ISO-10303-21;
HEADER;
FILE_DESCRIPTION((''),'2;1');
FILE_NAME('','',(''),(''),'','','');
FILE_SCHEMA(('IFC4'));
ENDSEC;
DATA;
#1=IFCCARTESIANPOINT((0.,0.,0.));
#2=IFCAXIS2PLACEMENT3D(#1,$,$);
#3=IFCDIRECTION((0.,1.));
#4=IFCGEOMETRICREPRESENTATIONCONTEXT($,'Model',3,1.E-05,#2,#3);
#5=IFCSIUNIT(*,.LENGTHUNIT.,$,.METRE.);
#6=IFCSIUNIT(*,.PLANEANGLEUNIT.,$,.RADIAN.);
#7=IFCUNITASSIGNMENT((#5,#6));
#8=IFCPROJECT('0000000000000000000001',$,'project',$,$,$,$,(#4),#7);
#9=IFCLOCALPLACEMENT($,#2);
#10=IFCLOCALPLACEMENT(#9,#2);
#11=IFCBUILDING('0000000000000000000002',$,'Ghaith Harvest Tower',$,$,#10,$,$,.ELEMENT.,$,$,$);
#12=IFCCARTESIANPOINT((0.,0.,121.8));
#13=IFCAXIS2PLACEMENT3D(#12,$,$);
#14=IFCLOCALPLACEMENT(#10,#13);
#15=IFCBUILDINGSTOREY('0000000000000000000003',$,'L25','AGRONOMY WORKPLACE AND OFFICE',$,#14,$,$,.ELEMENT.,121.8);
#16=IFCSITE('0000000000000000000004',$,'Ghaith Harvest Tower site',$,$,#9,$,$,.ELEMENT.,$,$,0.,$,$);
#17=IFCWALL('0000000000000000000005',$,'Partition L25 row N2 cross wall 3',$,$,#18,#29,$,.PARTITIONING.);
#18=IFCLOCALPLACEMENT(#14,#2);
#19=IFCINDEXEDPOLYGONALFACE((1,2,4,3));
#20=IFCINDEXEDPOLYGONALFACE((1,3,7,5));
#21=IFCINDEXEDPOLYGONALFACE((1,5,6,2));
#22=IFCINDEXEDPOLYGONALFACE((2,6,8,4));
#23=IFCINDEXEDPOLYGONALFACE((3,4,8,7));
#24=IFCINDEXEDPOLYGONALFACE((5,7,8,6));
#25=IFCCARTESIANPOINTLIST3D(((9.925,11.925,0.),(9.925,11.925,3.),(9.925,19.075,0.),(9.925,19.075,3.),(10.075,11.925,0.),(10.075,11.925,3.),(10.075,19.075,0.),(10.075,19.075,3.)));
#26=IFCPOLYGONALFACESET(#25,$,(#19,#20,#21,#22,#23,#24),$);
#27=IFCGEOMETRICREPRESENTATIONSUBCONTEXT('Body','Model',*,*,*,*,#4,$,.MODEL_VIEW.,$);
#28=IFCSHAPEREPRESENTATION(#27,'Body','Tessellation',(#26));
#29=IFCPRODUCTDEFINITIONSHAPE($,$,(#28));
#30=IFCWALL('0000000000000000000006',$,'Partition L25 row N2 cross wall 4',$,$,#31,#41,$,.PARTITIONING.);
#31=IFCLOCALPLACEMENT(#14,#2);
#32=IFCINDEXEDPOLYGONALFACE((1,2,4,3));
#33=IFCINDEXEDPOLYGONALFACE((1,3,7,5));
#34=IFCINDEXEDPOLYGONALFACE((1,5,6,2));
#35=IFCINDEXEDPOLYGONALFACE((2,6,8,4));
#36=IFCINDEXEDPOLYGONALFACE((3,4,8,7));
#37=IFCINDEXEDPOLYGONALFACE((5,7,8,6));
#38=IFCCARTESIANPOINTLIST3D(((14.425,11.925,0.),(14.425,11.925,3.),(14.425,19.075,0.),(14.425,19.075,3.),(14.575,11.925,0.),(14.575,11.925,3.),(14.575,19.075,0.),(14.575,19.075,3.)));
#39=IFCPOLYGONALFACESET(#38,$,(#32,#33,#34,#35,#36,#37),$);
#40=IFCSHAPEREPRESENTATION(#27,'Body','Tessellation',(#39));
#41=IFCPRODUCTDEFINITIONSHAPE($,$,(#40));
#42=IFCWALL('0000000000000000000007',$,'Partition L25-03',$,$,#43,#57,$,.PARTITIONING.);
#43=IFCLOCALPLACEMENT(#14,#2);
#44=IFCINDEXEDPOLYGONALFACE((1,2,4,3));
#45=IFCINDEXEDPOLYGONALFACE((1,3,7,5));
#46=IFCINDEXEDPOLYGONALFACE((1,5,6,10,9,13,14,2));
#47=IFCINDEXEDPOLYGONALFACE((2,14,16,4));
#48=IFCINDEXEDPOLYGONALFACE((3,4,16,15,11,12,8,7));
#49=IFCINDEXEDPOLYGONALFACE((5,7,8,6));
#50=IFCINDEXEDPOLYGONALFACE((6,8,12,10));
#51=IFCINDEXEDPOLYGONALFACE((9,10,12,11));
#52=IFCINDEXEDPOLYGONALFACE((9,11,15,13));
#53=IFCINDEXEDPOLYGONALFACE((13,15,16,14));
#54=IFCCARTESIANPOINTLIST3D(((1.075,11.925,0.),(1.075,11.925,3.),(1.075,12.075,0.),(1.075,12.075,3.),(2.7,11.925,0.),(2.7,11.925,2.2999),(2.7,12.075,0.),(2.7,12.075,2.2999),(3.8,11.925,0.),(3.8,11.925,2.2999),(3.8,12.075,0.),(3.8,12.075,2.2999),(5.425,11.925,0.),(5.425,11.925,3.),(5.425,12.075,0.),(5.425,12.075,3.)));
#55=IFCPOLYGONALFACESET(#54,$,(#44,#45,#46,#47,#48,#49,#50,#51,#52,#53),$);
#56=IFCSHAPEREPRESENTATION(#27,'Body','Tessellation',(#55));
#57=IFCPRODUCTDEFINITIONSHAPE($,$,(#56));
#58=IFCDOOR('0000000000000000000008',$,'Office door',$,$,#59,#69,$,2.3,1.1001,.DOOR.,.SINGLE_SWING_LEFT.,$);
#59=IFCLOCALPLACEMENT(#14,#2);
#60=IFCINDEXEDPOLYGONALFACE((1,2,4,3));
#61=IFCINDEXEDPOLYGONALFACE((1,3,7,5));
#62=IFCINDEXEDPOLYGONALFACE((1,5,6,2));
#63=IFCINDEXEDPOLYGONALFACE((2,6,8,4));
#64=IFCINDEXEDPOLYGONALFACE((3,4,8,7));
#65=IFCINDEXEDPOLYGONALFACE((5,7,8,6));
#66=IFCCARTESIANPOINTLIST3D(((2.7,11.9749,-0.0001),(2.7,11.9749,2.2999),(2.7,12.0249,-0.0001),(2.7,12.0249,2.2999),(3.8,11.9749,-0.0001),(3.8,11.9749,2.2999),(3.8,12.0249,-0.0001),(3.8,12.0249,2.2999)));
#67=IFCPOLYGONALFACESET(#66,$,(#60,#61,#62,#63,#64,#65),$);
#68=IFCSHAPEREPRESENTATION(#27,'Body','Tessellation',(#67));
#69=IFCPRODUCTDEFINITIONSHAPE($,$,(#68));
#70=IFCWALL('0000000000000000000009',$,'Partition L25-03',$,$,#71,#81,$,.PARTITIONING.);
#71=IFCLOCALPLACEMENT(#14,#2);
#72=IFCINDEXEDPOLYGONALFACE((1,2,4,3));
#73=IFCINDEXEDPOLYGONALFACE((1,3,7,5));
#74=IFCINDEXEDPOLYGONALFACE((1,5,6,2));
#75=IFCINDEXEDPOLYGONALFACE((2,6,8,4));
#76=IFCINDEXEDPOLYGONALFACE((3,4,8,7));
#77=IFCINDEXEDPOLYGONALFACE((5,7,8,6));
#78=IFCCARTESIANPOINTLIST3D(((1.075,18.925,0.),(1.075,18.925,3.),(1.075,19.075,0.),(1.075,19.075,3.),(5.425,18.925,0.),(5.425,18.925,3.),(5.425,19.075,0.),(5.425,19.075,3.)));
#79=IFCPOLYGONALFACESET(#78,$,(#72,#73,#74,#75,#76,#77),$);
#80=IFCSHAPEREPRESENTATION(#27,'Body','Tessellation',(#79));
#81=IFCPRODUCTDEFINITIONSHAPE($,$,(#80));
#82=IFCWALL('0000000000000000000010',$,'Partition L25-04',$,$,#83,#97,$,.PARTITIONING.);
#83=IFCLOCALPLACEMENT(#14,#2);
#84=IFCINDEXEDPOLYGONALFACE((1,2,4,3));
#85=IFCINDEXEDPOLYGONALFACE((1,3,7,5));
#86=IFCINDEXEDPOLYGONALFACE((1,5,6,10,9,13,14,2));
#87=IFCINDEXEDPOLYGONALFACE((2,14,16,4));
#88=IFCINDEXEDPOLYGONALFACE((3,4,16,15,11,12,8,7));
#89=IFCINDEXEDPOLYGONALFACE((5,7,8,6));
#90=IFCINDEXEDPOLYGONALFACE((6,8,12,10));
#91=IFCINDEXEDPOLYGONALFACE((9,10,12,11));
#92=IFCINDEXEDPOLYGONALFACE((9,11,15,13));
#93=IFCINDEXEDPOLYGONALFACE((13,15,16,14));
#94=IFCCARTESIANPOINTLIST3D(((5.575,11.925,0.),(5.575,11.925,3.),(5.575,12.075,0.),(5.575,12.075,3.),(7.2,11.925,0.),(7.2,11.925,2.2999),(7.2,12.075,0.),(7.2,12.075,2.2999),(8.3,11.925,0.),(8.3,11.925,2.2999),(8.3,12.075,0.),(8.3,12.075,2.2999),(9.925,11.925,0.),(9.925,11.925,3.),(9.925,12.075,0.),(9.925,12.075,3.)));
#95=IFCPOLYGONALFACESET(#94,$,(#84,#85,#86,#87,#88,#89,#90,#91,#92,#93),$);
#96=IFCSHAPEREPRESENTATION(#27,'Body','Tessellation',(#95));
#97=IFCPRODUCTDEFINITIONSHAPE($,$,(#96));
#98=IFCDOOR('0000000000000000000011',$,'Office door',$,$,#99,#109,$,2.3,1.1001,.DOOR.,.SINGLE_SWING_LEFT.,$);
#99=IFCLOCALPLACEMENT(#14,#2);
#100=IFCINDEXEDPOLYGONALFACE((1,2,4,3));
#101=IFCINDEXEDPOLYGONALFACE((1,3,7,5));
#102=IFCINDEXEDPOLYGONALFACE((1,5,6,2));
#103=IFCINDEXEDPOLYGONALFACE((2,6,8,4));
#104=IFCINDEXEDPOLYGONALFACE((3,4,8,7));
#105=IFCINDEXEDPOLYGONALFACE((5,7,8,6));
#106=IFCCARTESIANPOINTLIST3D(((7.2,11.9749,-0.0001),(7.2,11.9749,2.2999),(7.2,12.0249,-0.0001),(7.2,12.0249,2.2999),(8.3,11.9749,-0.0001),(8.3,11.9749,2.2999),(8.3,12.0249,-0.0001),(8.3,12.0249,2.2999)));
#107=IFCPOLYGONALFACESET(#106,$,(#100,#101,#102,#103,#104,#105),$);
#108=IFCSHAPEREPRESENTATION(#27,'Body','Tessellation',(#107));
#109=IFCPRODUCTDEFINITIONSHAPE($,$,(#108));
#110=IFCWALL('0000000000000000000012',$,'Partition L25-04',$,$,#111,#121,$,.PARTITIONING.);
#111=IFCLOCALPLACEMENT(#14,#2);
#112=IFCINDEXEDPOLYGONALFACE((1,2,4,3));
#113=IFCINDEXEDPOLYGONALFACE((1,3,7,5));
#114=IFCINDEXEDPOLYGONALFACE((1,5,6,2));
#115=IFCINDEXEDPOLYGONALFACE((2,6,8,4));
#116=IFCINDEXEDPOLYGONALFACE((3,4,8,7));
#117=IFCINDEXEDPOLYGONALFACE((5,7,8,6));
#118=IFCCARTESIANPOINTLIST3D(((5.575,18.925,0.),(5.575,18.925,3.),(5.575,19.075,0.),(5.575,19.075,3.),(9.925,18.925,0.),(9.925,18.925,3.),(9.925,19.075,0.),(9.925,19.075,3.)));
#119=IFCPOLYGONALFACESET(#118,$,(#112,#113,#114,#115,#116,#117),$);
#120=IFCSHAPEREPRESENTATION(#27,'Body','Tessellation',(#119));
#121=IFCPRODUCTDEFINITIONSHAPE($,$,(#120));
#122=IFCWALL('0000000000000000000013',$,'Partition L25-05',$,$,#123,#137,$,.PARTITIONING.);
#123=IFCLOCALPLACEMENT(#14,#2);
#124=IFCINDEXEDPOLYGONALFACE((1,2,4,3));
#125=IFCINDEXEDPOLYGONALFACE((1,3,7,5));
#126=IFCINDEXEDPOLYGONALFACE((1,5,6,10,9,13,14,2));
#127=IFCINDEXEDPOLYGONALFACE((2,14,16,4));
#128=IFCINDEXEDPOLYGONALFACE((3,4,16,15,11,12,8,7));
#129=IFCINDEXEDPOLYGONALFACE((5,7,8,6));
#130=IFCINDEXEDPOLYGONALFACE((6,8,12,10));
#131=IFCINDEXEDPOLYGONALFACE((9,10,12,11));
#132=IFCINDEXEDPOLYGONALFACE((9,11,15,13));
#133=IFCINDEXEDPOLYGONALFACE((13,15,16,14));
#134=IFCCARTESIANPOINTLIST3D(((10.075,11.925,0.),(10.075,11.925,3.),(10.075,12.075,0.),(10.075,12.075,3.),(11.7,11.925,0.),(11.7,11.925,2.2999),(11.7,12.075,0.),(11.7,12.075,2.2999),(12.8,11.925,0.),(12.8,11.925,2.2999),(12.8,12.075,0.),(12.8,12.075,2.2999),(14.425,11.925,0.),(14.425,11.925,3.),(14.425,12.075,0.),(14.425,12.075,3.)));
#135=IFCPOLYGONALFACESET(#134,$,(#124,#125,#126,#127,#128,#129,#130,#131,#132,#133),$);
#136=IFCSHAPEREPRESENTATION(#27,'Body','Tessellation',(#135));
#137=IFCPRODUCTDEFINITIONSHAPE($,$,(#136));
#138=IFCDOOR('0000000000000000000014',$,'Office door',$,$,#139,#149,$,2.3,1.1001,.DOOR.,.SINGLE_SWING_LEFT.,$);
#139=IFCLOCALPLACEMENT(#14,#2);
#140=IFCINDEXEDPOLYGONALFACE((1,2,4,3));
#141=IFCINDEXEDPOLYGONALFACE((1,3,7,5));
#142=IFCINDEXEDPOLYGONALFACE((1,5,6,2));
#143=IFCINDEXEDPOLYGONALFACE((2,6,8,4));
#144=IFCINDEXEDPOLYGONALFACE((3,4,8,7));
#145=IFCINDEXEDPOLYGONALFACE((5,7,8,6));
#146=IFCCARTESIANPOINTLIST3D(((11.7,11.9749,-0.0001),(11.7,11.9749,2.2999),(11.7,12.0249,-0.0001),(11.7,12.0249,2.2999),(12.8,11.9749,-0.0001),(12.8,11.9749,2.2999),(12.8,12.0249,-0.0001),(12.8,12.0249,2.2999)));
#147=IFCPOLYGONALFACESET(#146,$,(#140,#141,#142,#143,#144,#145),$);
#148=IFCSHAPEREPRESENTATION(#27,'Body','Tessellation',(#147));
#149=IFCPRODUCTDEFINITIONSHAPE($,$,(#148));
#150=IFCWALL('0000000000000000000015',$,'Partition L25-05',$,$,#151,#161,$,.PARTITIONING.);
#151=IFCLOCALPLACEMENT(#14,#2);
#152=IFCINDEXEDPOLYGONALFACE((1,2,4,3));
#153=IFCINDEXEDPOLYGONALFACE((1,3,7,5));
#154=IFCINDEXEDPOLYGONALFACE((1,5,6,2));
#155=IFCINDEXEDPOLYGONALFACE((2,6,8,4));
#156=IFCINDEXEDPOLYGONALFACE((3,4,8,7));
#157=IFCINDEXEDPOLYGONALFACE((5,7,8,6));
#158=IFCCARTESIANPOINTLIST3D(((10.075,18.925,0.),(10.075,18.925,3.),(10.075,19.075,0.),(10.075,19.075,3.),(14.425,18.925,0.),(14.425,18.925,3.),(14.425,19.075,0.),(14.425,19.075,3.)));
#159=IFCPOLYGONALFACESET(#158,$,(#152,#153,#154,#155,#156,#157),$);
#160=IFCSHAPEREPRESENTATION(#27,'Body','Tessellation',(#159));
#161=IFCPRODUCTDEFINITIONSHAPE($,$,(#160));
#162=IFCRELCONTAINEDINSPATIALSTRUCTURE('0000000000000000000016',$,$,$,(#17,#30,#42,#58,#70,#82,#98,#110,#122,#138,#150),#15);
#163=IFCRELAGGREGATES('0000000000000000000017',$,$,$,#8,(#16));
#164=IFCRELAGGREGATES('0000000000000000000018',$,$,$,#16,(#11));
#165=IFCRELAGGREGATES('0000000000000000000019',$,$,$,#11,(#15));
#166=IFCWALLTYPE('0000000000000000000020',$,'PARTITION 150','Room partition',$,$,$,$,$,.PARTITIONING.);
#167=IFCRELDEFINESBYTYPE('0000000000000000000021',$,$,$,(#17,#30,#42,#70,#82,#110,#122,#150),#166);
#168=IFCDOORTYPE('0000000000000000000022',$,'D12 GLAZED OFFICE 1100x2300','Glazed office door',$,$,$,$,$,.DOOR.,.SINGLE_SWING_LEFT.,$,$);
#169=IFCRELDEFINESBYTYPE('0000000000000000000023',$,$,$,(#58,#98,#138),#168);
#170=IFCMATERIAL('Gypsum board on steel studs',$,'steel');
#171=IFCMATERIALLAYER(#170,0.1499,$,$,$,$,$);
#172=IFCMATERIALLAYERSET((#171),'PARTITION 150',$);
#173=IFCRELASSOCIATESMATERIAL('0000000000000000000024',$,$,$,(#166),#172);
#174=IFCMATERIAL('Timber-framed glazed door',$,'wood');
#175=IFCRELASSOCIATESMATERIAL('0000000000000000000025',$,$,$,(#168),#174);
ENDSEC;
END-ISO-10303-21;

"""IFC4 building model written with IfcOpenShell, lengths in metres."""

from ifc_helpers import new_model, si_unit, direction, frame, frame_2d, origin, place, context, subcontext, project, spatial, rectangle, extrude, material, layer, layer_set, type_object, element, fill, save


model = new_model("IFC4")

# Units and contexts
model_context = context("Model", 3, precision=1e-05, world=origin(), true_north=direction((0.0, 1.0)))
body_context = subcontext(model_context, "Body", "Model", "MODEL_VIEW")
ifc_project = project(units=[si_unit("LENGTHUNIT", "METRE"), si_unit("PLANEANGLEUNIT", "RADIAN")], contexts=[model_context])

# Site, building, storey
site_placement = place(None, origin())
site = spatial("IfcSite", under=ifc_project, at=site_placement, Name="Ghaith Harvest Tower site", CompositionType="ELEMENT", RefElevation=0.0)
building_placement = place(site_placement, origin())
building = spatial("IfcBuilding", under=site, at=building_placement, Name="Ghaith Harvest Tower", CompositionType="ELEMENT")
storey_placement = place(building_placement, frame((0.0, 0.0, 121.8)))
storey = spatial("IfcBuildingStorey", under=building, at=storey_placement, Name="L25", Description="AGRONOMY WORKPLACE AND OFFICE", CompositionType="ELEMENT", Elevation=121.8)

# Walls
ifc_material_1 = material(Name="Gypsum board on steel studs", Category="steel")
ifc_layer_1 = layer(ifc_material_1, 0.1499)
ifc_layer_set_1 = layer_set([ifc_layer_1], Name="PARTITION 150")
wall_type = type_object("IfcWallType", Name="PARTITION 150", Description="Room partition", PredefinedType="PARTITIONING", material=ifc_layer_set_1)
for number, where, z_axis, x_axis, name in (
    (1, (10.0, 11.925, 0.0), (0.0, 0.0, 1.0), (0.0, 1.0, 0.0), "Partition L25 row N2 cross wall 3"),
    (2, (14.5, 11.925, 0.0), (0.0, 0.0, 1.0), (0.0, 1.0, 0.0), "Partition L25 row N2 cross wall 4"),
):
    element("IfcWall", number, at=place(storey_placement, frame(where, z_axis=z_axis, x_axis=x_axis)), inside=storey, type_object=wall_type, Name=name, PredefinedType="PARTITIONING", context=body_context, shape_type="SweptSolid", body=[
        extrude(rectangle(XDim=7.1499, YDim=0.1499, at=frame_2d((3.575, 0.0))), origin(), (0.0, 0.0, 1.0), 3.0),
    ])

# Wall, opening, door
wall_1_placement = place(storey_placement, frame((1.075, 12.0, 0.0), z_axis=(0.0, 0.0, 1.0), x_axis=(1.0, 0.0, 0.0)))
wall_1 = element("IfcWall", 3, at=wall_1_placement, inside=storey, type_object=wall_type, Name="Partition L25-03", PredefinedType="PARTITIONING", context=body_context, shape_type="SweptSolid", body=[
    extrude(rectangle(XDim=4.3501, YDim=0.1499, at=frame_2d((2.175, 0.0))), origin(), (0.0, 0.0, 1.0), 3.0),
])
opening_1_placement = place(wall_1_placement, frame((1.625, 0.0, 0.0)))
opening_1 = element("IfcOpeningElement", 4, at=opening_1_placement, cuts=wall_1, PredefinedType="OPENING", context=body_context, shape_type="SweptSolid", body=[
    extrude(rectangle(XDim=1.1001, YDim=2.3, at=frame_2d((0.55, 1.1499))), frame((0.0, 0.085, 0.0), z_axis=(0.0, -1.0, 0.0), x_axis=(1.0, 0.0, 0.0)), (0.0, 0.0, 1.0), 0.1699),
])
ifc_material_2 = material(Name="Timber-framed glazed door", Category="wood")
door_type = type_object("IfcDoorType", Name="D12 GLAZED OFFICE 1100x2300", Description="Glazed office door", OperationType="SINGLE_SWING_LEFT", PredefinedType="DOOR", material=ifc_material_2)
door_1_placement = place(opening_1_placement, origin())
door_1 = element("IfcDoor", 5, at=door_1_placement, inside=storey, type_object=door_type, Name="Office door", OperationType="SINGLE_SWING_LEFT", OverallHeight=2.3, OverallWidth=1.1001, PredefinedType="DOOR", context=body_context, shape_type="SweptSolid", body=[
    extrude(rectangle(XDim=1.1001, YDim=2.3, at=frame_2d((0.55, 1.1499))), frame((0.0, 0.0249, 0.0), z_axis=(0.0, -1.0, 0.0), x_axis=(1.0, 0.0, 0.0)), (0.0, 0.0, 1.0), 0.05),
])
fill(opening_1, door_1)

# Wall
wall_2_placement = place(storey_placement, frame((1.075, 19.0, 0.0), z_axis=(0.0, 0.0, 1.0), x_axis=(1.0, 0.0, 0.0)))
element("IfcWall", 6, at=wall_2_placement, inside=storey, type_object=wall_type, Name="Partition L25-03", PredefinedType="PARTITIONING", context=body_context, shape_type="SweptSolid", body=[
    extrude(rectangle(XDim=4.3501, YDim=0.1499, at=frame_2d((2.175, 0.0))), origin(), (0.0, 0.0, 1.0), 3.0),
])

# Wall, opening, door
wall_3_placement = place(storey_placement, frame((5.575, 12.0, 0.0), z_axis=(0.0, 0.0, 1.0), x_axis=(1.0, 0.0, 0.0)))
wall_3 = element("IfcWall", 7, at=wall_3_placement, inside=storey, type_object=wall_type, Name="Partition L25-04", PredefinedType="PARTITIONING", context=body_context, shape_type="SweptSolid", body=[
    extrude(rectangle(XDim=4.3501, YDim=0.1499, at=frame_2d((2.175, 0.0))), origin(), (0.0, 0.0, 1.0), 3.0),
])
opening_2_placement = place(wall_3_placement, frame((1.625, 0.0, 0.0)))
opening_2 = element("IfcOpeningElement", 8, at=opening_2_placement, cuts=wall_3, PredefinedType="OPENING", context=body_context, shape_type="SweptSolid", body=[
    extrude(rectangle(XDim=1.1001, YDim=2.3, at=frame_2d((0.55, 1.1499))), frame((0.0, 0.085, 0.0), z_axis=(0.0, -1.0, 0.0), x_axis=(1.0, 0.0, 0.0)), (0.0, 0.0, 1.0), 0.1699),
])
door_2_placement = place(opening_2_placement, origin())
door_2 = element("IfcDoor", 9, at=door_2_placement, inside=storey, type_object=door_type, Name="Office door", OperationType="SINGLE_SWING_LEFT", OverallHeight=2.3, OverallWidth=1.1001, PredefinedType="DOOR", context=body_context, shape_type="SweptSolid", body=[
    extrude(rectangle(XDim=1.1001, YDim=2.3, at=frame_2d((0.55, 1.1499))), frame((0.0, 0.0249, 0.0), z_axis=(0.0, -1.0, 0.0), x_axis=(1.0, 0.0, 0.0)), (0.0, 0.0, 1.0), 0.05),
])
fill(opening_2, door_2)

# Wall
wall_4_placement = place(storey_placement, frame((5.575, 19.0, 0.0), z_axis=(0.0, 0.0, 1.0), x_axis=(1.0, 0.0, 0.0)))
element("IfcWall", 10, at=wall_4_placement, inside=storey, type_object=wall_type, Name="Partition L25-04", PredefinedType="PARTITIONING", context=body_context, shape_type="SweptSolid", body=[
    extrude(rectangle(XDim=4.3501, YDim=0.1499, at=frame_2d((2.175, 0.0))), origin(), (0.0, 0.0, 1.0), 3.0),
])

# Wall, opening, door
wall_5_placement = place(storey_placement, frame((10.075, 12.0, 0.0), z_axis=(0.0, 0.0, 1.0), x_axis=(1.0, 0.0, 0.0)))
wall_5 = element("IfcWall", 11, at=wall_5_placement, inside=storey, type_object=wall_type, Name="Partition L25-05", PredefinedType="PARTITIONING", context=body_context, shape_type="SweptSolid", body=[
    extrude(rectangle(XDim=4.3501, YDim=0.1499, at=frame_2d((2.175, 0.0))), origin(), (0.0, 0.0, 1.0), 3.0),
])
opening_3_placement = place(wall_5_placement, frame((1.625, 0.0, 0.0)))
opening_3 = element("IfcOpeningElement", 12, at=opening_3_placement, cuts=wall_5, PredefinedType="OPENING", context=body_context, shape_type="SweptSolid", body=[
    extrude(rectangle(XDim=1.1001, YDim=2.3, at=frame_2d((0.55, 1.1499))), frame((0.0, 0.085, 0.0), z_axis=(0.0, -1.0, 0.0), x_axis=(1.0, 0.0, 0.0)), (0.0, 0.0, 1.0), 0.1699),
])
door_3_placement = place(opening_3_placement, origin())
door_3 = element("IfcDoor", 13, at=door_3_placement, inside=storey, type_object=door_type, Name="Office door", OperationType="SINGLE_SWING_LEFT", OverallHeight=2.3, OverallWidth=1.1001, PredefinedType="DOOR", context=body_context, shape_type="SweptSolid", body=[
    extrude(rectangle(XDim=1.1001, YDim=2.3, at=frame_2d((0.55, 1.1499))), frame((0.0, 0.0249, 0.0), z_axis=(0.0, -1.0, 0.0), x_axis=(1.0, 0.0, 0.0)), (0.0, 0.0, 1.0), 0.05),
])
fill(opening_3, door_3)

# Wall
wall_6_placement = place(storey_placement, frame((10.075, 19.0, 0.0), z_axis=(0.0, 0.0, 1.0), x_axis=(1.0, 0.0, 0.0)))
element("IfcWall", 14, at=wall_6_placement, inside=storey, type_object=wall_type, Name="Partition L25-05", PredefinedType="PARTITIONING", context=body_context, shape_type="SweptSolid", body=[
    extrude(rectangle(XDim=4.3501, YDim=0.1499, at=frame_2d((2.175, 0.0))), origin(), (0.0, 0.0, 1.0), 3.0),
])

save(model, "model.ifc")
